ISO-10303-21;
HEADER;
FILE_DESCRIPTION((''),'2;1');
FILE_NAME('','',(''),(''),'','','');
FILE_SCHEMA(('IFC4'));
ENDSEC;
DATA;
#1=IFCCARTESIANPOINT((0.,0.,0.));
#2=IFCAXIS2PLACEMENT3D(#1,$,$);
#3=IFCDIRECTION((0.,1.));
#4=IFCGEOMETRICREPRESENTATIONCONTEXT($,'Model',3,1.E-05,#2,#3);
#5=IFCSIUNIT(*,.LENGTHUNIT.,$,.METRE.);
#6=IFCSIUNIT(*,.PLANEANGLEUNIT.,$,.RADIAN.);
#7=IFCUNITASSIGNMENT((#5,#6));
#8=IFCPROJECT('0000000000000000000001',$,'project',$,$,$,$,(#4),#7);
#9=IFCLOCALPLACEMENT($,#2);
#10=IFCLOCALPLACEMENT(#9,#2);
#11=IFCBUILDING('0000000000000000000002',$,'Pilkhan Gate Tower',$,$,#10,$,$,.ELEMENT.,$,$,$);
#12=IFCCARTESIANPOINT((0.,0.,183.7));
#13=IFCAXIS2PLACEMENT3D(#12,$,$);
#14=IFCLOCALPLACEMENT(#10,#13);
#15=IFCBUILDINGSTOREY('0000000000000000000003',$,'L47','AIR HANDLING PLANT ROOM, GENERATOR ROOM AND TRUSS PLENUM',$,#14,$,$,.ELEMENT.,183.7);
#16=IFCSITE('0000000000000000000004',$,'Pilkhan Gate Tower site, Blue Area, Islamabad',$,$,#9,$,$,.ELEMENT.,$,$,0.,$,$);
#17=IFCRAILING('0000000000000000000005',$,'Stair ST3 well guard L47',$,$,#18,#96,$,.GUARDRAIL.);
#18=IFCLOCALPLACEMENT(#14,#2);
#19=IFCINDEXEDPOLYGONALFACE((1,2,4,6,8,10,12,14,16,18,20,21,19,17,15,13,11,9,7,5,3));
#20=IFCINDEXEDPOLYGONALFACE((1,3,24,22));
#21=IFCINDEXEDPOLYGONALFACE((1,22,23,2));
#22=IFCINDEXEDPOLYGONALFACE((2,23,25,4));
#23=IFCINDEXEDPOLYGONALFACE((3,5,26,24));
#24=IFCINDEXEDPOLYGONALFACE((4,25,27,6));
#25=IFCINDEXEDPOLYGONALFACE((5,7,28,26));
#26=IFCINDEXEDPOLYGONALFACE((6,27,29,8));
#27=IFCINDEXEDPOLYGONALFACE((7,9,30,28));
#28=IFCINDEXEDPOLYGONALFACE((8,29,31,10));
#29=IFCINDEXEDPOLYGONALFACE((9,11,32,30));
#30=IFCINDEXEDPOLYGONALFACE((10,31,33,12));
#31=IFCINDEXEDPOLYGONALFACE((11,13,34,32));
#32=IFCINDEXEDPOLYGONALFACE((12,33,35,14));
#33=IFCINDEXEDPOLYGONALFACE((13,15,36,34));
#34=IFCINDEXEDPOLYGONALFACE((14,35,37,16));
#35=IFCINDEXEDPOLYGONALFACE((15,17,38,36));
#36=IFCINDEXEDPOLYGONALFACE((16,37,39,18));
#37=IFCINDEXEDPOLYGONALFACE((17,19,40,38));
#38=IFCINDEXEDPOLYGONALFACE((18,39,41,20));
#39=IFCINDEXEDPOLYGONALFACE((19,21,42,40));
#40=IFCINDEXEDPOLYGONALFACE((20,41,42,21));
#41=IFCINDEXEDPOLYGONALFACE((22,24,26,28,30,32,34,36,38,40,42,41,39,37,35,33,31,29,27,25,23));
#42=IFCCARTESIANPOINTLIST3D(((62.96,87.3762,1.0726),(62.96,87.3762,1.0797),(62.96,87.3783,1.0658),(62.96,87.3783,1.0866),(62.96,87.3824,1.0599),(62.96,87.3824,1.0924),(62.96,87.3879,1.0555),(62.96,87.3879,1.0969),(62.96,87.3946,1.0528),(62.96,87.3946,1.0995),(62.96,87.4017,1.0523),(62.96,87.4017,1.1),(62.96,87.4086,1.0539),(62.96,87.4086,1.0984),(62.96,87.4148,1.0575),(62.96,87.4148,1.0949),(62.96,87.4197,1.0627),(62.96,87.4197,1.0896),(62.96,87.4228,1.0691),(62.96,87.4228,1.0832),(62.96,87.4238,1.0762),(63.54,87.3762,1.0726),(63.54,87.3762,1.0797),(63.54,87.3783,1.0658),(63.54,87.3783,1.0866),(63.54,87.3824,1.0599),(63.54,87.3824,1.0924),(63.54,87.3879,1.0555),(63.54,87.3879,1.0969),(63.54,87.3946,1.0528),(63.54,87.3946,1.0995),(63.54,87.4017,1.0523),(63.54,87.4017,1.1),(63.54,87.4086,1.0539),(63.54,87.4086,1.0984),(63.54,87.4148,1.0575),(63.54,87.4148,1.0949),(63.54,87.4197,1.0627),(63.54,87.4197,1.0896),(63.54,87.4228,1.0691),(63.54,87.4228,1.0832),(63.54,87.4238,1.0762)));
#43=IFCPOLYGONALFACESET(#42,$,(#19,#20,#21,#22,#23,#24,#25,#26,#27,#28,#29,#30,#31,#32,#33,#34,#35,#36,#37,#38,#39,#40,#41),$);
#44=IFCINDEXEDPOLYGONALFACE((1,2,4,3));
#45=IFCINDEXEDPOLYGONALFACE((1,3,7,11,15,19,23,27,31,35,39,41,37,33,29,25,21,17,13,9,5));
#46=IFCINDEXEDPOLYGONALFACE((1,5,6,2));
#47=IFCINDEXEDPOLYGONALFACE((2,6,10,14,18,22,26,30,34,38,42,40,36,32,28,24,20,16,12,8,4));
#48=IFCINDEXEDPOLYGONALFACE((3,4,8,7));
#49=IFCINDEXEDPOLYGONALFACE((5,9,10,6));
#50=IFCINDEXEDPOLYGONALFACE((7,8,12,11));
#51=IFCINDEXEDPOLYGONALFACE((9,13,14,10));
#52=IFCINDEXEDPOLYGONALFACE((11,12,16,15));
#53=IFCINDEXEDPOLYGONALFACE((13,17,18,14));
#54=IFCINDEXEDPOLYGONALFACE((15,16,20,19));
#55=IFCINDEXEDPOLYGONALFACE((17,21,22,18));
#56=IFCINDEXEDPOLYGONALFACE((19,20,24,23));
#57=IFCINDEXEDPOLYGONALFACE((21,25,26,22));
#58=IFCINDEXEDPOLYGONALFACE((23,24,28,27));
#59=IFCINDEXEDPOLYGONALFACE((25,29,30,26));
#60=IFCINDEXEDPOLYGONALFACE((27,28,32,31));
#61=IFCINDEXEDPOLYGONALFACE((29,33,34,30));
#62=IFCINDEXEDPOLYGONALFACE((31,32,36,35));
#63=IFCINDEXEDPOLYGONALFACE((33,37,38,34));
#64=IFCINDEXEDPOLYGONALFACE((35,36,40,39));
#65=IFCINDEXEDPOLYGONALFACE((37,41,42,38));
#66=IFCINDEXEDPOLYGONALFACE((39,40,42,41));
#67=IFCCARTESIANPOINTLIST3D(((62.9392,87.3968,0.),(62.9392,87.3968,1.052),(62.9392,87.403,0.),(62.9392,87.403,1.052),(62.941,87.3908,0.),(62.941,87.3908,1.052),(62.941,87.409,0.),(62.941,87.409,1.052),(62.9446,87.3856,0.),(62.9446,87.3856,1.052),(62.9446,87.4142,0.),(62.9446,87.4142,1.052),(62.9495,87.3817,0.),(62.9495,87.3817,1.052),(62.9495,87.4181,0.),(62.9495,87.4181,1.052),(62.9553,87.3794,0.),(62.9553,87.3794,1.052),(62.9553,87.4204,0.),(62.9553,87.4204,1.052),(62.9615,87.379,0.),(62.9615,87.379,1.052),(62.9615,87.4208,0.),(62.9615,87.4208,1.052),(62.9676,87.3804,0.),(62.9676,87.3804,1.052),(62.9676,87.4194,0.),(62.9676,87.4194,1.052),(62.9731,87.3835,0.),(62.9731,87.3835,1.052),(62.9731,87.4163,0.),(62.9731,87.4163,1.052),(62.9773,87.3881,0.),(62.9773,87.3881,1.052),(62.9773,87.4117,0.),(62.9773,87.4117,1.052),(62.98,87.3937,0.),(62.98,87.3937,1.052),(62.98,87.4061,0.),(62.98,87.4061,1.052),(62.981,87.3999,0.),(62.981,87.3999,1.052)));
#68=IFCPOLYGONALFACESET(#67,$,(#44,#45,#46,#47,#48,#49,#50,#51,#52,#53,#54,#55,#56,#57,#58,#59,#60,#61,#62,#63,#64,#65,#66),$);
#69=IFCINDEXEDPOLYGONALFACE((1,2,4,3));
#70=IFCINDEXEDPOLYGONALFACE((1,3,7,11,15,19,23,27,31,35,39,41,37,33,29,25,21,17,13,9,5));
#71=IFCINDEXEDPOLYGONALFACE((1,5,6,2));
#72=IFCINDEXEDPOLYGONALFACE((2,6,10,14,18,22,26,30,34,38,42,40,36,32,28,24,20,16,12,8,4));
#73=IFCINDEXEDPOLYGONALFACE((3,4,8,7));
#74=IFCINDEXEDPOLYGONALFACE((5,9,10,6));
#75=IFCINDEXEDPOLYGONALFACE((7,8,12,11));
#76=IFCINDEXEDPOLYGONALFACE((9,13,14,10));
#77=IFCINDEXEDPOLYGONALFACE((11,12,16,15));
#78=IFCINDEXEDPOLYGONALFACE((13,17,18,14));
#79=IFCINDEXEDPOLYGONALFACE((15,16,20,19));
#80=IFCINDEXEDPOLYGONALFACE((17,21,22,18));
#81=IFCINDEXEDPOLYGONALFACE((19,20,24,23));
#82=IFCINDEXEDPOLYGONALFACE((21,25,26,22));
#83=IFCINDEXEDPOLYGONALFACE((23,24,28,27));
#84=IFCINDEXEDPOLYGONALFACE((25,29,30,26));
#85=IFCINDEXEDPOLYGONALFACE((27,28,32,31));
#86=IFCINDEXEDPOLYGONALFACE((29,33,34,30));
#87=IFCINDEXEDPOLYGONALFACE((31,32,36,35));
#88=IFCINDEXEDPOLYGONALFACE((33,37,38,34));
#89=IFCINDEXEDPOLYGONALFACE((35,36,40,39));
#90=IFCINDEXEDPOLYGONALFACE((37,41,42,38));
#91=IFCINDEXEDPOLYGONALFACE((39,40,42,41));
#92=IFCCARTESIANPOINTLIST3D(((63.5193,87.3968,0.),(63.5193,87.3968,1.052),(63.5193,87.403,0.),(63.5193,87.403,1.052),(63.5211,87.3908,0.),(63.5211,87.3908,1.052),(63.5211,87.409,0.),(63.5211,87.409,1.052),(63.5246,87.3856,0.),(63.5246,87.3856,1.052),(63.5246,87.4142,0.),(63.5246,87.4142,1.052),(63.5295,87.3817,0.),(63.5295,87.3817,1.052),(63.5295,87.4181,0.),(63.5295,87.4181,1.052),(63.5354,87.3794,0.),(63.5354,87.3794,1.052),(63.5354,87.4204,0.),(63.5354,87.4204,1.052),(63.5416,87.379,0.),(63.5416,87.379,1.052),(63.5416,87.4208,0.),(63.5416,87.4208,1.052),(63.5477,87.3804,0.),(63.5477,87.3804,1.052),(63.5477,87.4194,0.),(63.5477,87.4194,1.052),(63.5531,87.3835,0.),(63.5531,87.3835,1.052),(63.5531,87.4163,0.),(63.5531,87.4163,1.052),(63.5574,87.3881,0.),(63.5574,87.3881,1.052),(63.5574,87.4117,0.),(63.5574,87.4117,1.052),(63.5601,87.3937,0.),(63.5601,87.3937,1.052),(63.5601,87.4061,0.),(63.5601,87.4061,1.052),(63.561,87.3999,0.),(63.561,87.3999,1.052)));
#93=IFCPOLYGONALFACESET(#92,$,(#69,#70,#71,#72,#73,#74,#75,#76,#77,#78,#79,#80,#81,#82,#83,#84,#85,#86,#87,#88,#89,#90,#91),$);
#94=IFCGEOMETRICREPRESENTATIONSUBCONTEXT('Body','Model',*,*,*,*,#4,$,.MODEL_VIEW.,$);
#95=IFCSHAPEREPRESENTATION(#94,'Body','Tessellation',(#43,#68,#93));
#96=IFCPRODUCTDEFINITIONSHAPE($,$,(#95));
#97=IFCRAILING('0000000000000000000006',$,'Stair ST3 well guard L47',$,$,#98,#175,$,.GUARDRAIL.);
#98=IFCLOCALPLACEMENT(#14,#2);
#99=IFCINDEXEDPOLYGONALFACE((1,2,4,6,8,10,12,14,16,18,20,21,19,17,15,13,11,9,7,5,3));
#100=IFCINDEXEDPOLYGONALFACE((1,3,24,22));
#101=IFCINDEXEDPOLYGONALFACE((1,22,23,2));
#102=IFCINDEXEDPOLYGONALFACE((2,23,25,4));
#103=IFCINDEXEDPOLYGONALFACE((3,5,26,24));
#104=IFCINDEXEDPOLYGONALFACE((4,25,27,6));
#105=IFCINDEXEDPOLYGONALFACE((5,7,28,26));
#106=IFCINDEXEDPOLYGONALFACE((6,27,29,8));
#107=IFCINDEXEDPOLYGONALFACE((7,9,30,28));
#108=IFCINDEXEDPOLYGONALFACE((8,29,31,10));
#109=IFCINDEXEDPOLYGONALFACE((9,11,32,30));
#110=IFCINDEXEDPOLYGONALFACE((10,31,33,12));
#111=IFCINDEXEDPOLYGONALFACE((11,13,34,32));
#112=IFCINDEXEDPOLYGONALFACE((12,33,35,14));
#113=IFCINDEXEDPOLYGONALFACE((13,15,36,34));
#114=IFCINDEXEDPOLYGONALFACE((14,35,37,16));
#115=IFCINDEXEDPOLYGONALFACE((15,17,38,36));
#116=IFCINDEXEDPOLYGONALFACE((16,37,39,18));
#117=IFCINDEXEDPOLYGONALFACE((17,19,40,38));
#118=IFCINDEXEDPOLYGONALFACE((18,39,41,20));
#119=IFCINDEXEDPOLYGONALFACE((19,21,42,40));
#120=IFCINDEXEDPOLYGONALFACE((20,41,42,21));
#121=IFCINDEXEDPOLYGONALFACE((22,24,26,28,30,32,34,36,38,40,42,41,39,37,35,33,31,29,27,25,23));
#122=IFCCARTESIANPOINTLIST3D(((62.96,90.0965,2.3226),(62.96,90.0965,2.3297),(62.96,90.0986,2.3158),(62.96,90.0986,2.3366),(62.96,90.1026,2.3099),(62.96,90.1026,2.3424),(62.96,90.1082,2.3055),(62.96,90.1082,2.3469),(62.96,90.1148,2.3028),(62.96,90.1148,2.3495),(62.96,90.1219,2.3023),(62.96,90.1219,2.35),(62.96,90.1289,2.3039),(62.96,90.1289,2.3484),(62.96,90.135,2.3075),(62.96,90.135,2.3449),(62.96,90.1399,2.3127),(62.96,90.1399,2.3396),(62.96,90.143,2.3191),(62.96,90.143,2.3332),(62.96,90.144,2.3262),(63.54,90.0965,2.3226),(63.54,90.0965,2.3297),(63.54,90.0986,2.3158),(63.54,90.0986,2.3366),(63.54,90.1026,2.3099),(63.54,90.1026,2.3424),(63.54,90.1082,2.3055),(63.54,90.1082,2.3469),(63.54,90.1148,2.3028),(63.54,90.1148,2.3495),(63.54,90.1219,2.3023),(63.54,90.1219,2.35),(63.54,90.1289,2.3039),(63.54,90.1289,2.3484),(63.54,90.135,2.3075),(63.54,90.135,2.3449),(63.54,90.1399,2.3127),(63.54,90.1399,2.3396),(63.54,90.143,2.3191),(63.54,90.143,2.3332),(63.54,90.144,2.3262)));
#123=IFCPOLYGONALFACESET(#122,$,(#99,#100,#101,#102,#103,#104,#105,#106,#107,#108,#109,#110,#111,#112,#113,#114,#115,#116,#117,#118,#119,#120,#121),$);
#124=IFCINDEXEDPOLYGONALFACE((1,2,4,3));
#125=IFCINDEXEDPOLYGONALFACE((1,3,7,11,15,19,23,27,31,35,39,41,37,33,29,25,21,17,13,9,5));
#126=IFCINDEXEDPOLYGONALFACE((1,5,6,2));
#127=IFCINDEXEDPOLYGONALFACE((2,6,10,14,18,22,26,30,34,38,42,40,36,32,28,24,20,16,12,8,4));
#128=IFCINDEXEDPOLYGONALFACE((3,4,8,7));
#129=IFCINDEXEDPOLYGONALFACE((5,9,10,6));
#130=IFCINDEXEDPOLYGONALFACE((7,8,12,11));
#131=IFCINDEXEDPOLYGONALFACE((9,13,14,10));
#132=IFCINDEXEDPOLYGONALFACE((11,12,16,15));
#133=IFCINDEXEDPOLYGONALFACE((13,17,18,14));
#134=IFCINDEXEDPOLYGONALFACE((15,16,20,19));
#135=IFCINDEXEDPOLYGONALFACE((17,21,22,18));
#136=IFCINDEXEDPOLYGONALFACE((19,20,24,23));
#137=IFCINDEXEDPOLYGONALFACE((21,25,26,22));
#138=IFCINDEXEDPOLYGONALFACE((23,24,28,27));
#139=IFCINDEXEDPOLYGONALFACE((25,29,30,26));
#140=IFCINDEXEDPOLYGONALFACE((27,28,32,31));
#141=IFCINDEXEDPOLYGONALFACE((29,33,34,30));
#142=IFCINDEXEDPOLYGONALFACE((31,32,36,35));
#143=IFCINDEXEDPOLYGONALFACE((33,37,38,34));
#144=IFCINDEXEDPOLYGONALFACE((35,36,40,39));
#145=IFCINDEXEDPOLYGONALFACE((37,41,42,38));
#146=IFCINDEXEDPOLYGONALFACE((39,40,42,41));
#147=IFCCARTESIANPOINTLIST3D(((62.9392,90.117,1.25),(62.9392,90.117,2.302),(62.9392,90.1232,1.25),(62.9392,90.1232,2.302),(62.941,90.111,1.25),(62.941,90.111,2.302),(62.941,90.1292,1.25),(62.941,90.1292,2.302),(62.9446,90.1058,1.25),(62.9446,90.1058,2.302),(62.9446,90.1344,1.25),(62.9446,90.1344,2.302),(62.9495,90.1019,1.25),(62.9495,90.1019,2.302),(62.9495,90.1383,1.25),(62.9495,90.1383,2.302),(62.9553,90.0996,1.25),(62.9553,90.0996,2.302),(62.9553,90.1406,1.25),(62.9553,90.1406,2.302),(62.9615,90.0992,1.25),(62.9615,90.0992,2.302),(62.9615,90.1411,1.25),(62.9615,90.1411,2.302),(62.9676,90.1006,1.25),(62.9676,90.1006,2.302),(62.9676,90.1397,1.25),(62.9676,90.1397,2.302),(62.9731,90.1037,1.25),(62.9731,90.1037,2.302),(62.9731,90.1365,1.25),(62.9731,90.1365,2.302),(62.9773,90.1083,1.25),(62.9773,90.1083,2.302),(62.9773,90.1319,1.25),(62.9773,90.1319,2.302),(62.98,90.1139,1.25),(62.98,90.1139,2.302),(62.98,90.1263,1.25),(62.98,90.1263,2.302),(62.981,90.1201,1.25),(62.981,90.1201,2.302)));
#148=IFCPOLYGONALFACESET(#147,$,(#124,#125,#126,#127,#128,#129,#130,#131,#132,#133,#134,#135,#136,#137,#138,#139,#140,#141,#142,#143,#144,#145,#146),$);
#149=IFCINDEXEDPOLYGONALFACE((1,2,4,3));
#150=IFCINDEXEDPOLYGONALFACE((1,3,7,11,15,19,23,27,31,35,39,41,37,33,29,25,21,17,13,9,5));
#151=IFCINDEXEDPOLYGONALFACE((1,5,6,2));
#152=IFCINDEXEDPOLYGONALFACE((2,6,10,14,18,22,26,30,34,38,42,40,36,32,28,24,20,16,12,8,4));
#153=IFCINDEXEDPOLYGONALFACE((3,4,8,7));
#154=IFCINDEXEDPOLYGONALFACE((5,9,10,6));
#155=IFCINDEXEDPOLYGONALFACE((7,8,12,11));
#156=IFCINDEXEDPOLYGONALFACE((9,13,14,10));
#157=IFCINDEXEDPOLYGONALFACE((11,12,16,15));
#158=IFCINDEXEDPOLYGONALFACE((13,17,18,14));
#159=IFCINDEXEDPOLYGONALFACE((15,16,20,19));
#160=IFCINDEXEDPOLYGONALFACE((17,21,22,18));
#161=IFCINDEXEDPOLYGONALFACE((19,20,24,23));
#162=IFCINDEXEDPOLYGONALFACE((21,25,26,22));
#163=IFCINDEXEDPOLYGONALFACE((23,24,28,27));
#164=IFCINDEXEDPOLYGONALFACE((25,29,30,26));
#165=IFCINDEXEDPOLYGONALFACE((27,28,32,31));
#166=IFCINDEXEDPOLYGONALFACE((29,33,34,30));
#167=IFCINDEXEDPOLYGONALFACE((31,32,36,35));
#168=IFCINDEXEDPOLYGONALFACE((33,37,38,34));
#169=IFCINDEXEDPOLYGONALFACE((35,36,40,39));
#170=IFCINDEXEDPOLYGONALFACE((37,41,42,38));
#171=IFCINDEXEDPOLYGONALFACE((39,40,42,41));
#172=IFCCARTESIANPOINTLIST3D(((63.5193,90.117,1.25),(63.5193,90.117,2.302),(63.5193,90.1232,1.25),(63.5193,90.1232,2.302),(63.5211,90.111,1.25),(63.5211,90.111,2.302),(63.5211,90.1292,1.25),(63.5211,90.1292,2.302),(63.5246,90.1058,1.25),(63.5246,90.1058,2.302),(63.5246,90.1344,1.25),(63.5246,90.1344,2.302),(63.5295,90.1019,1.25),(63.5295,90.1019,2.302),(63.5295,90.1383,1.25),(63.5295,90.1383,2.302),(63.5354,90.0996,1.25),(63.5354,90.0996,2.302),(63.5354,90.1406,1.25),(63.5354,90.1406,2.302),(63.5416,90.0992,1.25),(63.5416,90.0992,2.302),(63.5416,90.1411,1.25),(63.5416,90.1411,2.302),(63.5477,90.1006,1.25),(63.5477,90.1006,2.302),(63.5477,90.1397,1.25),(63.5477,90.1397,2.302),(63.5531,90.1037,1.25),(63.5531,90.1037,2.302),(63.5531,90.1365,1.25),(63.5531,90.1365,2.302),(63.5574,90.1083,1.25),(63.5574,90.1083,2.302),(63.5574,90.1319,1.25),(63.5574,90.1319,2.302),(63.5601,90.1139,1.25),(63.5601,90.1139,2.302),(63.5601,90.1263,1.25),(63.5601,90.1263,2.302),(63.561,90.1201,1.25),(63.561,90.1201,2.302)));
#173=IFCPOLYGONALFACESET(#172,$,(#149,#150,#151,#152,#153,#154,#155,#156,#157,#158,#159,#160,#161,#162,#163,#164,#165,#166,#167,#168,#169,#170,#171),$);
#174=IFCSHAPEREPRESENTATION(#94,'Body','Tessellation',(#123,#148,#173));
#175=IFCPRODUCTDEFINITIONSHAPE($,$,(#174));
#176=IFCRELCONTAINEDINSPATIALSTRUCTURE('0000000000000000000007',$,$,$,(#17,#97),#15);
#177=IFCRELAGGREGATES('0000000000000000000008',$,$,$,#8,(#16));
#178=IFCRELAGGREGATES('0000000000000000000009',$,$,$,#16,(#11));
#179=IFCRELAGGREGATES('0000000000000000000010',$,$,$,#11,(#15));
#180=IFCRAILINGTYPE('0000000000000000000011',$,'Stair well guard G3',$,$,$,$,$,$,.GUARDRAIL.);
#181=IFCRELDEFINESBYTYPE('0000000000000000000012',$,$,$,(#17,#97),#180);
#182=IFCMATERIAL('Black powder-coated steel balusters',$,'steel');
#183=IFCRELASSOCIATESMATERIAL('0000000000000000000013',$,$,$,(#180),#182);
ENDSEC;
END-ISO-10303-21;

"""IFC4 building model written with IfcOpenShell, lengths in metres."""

from ifc_helpers import new_model, si_unit, direction, frame, origin, origin_2d, place, context, subcontext, project, spatial, circle, extrude, material, type_object, element, save


model = new_model("IFC4")

# Units and contexts
model_context = context("Model", 3, precision=1e-05, world=origin(), true_north=direction((0.0, 1.0)))
body_context = subcontext(model_context, "Body", "Model", "MODEL_VIEW")
ifc_project = project(units=[si_unit("LENGTHUNIT", "METRE"), si_unit("PLANEANGLEUNIT", "RADIAN")], contexts=[model_context])

# Site, building, storey
site_placement = place(None, origin())
site = spatial("IfcSite", under=ifc_project, at=site_placement, Name="Pilkhan Gate Tower site, Blue Area, Islamabad", CompositionType="ELEMENT", RefElevation=0.0)
building_placement = place(site_placement, origin())
building = spatial("IfcBuilding", under=site, at=building_placement, Name="Pilkhan Gate Tower", CompositionType="ELEMENT")
storey_placement = place(building_placement, frame((0.0, 0.0, 183.7)))
storey = spatial("IfcBuildingStorey", under=building, at=storey_placement, Name="L47", Description="AIR HANDLING PLANT ROOM, GENERATOR ROOM AND TRUSS PLENUM", CompositionType="ELEMENT", Elevation=183.7)

# Railings
ifc_material_1 = material(Name="Black powder-coated steel balusters", Category="steel")
railing_type_1 = type_object("IfcRailingType", Name="Stair well guard G3", PredefinedType="GUARDRAIL", material=ifc_material_1)
for number, where, name in (
    (1, (62.96, 87.3999, 0.0), "Stair ST3 well guard L47"),
    (2, (62.96, 90.1201, 1.25), "Stair ST3 well guard L47"),
):
    element("IfcRailing", number, at=place(storey_placement, frame(where)), inside=storey, type_object=railing_type_1, Name=name, PredefinedType="GUARDRAIL", context=body_context, shape_type="SweptSolid", body=[
        extrude(circle(Radius=0.0239, at=origin_2d()), frame((0.0, 0.0, 1.0762), z_axis=(1.0, 0.0, 0.0), x_axis=(0.0, 1.0, 0.0)), (0.0, 0.0, 1.0), 0.5801),
        extrude(circle(Radius=0.021, at=origin_2d()), origin(), (0.0, 0.0, 1.0), 1.052),
        extrude(circle(Radius=0.021, at=origin_2d()), frame((0.5801, 0.0, 0.0)), (0.0, 0.0, 1.0), 1.052),
    ])

save(model, "model.ifc")
